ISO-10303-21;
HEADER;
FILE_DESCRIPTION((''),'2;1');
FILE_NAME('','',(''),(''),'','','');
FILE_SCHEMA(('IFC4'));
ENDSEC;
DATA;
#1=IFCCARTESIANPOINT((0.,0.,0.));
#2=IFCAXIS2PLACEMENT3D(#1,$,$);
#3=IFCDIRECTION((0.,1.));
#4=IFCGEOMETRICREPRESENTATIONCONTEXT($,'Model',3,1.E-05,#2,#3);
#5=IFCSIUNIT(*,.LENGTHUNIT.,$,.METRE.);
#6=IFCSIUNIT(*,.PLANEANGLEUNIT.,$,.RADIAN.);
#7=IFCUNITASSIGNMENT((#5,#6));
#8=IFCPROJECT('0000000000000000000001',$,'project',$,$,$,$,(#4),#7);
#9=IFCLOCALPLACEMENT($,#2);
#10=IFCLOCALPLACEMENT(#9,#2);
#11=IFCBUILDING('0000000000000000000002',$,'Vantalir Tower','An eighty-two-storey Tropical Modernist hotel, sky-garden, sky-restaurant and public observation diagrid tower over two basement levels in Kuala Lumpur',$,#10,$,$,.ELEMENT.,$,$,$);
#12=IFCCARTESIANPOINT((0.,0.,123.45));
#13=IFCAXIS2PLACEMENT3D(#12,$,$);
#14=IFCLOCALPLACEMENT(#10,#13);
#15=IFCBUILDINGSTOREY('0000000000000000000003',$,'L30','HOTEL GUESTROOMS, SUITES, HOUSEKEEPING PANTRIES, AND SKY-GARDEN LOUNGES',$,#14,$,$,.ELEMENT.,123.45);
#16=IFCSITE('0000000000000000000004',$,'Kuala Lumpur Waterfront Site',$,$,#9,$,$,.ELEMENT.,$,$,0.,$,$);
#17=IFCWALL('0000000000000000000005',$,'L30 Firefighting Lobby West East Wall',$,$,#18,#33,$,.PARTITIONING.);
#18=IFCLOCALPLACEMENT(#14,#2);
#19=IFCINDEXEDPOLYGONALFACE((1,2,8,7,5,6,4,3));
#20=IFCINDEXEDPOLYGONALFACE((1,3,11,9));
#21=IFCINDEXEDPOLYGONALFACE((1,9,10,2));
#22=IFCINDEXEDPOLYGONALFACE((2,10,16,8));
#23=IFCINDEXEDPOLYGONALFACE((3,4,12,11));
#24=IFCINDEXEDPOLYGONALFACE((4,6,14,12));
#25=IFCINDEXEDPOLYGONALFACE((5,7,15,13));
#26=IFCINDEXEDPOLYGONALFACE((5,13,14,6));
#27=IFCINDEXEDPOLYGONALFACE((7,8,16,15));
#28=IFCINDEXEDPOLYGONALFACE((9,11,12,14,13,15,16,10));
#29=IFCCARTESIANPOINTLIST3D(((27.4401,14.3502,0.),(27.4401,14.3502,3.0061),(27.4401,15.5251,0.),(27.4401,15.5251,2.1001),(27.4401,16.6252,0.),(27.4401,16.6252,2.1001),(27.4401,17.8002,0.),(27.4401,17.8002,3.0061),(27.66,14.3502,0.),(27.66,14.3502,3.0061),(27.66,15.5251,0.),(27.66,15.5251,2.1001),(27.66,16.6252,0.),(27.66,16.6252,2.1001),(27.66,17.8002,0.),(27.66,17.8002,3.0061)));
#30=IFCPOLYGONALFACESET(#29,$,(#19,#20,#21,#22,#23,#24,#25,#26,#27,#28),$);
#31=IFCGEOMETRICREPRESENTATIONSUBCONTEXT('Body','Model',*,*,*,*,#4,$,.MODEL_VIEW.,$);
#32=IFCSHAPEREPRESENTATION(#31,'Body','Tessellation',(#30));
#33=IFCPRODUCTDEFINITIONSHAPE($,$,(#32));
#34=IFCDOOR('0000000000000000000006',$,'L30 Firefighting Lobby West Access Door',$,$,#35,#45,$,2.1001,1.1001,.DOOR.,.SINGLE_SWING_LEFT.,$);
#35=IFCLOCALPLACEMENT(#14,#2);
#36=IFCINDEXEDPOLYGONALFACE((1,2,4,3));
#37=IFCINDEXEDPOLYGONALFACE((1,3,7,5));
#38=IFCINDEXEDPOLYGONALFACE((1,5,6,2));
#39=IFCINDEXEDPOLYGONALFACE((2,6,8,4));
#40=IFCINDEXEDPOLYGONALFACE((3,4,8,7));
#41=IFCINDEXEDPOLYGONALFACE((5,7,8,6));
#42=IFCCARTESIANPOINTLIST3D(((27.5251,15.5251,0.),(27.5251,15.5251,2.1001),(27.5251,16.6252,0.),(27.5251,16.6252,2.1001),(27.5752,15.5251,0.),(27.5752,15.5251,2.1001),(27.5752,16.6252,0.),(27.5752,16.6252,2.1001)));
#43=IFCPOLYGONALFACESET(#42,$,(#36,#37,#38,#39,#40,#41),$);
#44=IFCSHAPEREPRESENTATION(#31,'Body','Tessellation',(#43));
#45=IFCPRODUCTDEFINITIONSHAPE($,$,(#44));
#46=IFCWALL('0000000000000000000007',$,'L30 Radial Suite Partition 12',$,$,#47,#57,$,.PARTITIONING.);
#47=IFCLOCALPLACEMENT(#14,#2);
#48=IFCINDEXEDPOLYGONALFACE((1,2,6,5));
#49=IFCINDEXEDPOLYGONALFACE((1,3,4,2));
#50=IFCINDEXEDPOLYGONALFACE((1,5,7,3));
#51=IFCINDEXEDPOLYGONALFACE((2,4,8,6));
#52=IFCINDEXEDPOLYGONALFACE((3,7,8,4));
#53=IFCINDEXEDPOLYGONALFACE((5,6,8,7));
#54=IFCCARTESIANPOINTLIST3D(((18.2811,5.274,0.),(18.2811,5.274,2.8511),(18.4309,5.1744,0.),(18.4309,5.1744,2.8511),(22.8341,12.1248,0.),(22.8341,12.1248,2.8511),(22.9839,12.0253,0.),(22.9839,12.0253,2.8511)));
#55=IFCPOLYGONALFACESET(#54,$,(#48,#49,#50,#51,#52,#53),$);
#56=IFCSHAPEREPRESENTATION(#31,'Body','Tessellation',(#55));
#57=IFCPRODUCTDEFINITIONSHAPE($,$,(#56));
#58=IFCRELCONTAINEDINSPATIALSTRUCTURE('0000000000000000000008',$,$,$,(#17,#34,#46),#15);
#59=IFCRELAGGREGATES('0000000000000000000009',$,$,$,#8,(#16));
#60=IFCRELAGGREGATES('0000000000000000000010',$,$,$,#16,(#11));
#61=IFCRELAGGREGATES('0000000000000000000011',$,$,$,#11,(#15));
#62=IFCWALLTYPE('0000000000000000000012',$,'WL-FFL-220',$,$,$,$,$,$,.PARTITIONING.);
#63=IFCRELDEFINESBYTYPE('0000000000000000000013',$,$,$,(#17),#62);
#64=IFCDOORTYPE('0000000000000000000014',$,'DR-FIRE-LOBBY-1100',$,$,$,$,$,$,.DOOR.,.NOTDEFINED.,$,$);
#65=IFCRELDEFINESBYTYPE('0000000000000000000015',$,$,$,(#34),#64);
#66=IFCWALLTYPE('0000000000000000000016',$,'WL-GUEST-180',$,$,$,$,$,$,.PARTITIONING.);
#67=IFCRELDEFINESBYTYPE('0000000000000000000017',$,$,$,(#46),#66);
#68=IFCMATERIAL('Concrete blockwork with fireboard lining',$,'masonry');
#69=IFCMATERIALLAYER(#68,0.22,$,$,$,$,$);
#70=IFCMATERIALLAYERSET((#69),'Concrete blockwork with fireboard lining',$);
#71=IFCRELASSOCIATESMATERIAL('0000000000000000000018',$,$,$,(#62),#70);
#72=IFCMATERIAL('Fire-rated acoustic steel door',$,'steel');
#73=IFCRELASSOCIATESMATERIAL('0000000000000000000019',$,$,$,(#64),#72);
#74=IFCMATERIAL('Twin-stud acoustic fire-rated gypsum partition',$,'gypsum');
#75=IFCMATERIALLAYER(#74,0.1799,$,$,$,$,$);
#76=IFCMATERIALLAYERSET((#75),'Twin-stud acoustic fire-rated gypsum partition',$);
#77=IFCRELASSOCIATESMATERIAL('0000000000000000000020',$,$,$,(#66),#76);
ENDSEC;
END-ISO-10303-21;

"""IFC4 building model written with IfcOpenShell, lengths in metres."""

from ifc_helpers import new_model, si_unit, direction, frame, frame_2d, origin, place, context, subcontext, project, spatial, rectangle, extrude, material, layer, layer_set, type_object, element, fill, save


model = new_model("IFC4")

# Units and contexts
model_context = context("Model", 3, precision=1e-05, world=origin(), true_north=direction((0.0, 1.0)))
body_context = subcontext(model_context, "Body", "Model", "MODEL_VIEW")
ifc_project = project(units=[si_unit("LENGTHUNIT", "METRE"), si_unit("PLANEANGLEUNIT", "RADIAN")], contexts=[model_context])

# Site, building, storey
site_placement = place(None, origin())
site = spatial("IfcSite", under=ifc_project, at=site_placement, Name="Kuala Lumpur Waterfront Site", CompositionType="ELEMENT", RefElevation=0.0)
building_placement = place(site_placement, origin())
building = spatial("IfcBuilding", under=site, at=building_placement, Name="Vantalir Tower", Description="An eighty-two-storey Tropical Modernist hotel, sky-garden, sky-restaurant and public observation diagrid tower over two basement levels in Kuala Lumpur", CompositionType="ELEMENT")
storey_placement = place(building_placement, frame((0.0, 0.0, 123.45)))
storey = spatial("IfcBuildingStorey", under=building, at=storey_placement, Name="L30", Description="HOTEL GUESTROOMS, SUITES, HOUSEKEEPING PANTRIES, AND SKY-GARDEN LOUNGES", CompositionType="ELEMENT", Elevation=123.45)

# Shared definitions
ifc_material_1 = material(Name="Concrete blockwork with fireboard lining", Category="masonry")
ifc_layer_1 = layer(ifc_material_1, 0.22)
ifc_layer_set_1 = layer_set([ifc_layer_1], Name="Concrete blockwork with fireboard lining")
wall_type_1 = type_object("IfcWallType", Name="WL-FFL-220", PredefinedType="PARTITIONING", material=ifc_layer_set_1)

# Wall, opening, door
wall_1_placement = place(storey_placement, frame((27.55, 14.3501, 0.0), z_axis=(0.0, 0.0, 1.0), x_axis=(0.0, 1.0, 0.0)))
wall_1 = element("IfcWall", 1, at=wall_1_placement, inside=storey, type_object=wall_type_1, Name="L30 Firefighting Lobby West East Wall", PredefinedType="PARTITIONING", context=body_context, shape_type="SweptSolid", body=[
    extrude(rectangle(XDim=3.45, YDim=0.22, at=frame_2d((1.7251, 0.0))), origin(), (0.0, 0.0, 1.0), 3.0061),
])
opening_1_placement = place(wall_1_placement, frame((1.175, 0.0, 0.0)))
opening_1 = element("IfcOpeningElement", 2, at=opening_1_placement, cuts=wall_1, PredefinedType="OPENING", context=body_context, shape_type="SweptSolid", body=[
    extrude(rectangle(XDim=1.1001, YDim=2.1001, at=frame_2d((0.55, 1.05))), frame((0.0, 0.1199, 0.0), z_axis=(0.0, -1.0, 0.0), x_axis=(1.0, 0.0, 0.0)), (0.0, 0.0, 1.0), 0.24),
])
ifc_material_2 = material(Name="Fire-rated acoustic steel door", Category="steel")
door_type_1 = type_object("IfcDoorType", Name="DR-FIRE-LOBBY-1100", OperationType="NOTDEFINED", PredefinedType="DOOR", material=ifc_material_2)
door_1_placement = place(opening_1_placement, origin())
door_1 = element("IfcDoor", 3, at=door_1_placement, inside=storey, type_object=door_type_1, Name="L30 Firefighting Lobby West Access Door", OperationType="SINGLE_SWING_LEFT", OverallHeight=2.1001, OverallWidth=1.1001, PredefinedType="DOOR", context=body_context, shape_type="SweptSolid", body=[
    extrude(rectangle(XDim=1.1001, YDim=2.1001, at=frame_2d((0.55, 1.05))), frame((0.0, 0.0249, 0.0), z_axis=(0.0, -1.0, 0.0), x_axis=(1.0, 0.0, 0.0)), (0.0, 0.0, 1.0), 0.05),
])
fill(opening_1, door_1)

# Wall
ifc_material_3 = material(Name="Twin-stud acoustic fire-rated gypsum partition", Category="gypsum")
ifc_layer_2 = layer(ifc_material_3, 0.1799)
ifc_layer_set_2 = layer_set([ifc_layer_2], Name="Twin-stud acoustic fire-rated gypsum partition")
wall_type_2 = type_object("IfcWallType", Name="WL-GUEST-180", PredefinedType="PARTITIONING", material=ifc_layer_set_2)
wall_2_placement = place(storey_placement, frame((22.9089, 12.075, 0.0), z_axis=(0.0, 0.0, 1.0), x_axis=(-0.553501, -0.832849, 0.0)))
element("IfcWall", 4, at=wall_2_placement, inside=storey, type_object=wall_type_2, Name="L30 Radial Suite Partition 12", PredefinedType="PARTITIONING", context=body_context, shape_type="SweptSolid", body=[
    extrude(rectangle(XDim=8.2258, YDim=0.1799, at=frame_2d((4.1128, 0.0))), origin(), (0.0, 0.0, 1.0), 2.8511),
])

save(model, "model.ifc")
